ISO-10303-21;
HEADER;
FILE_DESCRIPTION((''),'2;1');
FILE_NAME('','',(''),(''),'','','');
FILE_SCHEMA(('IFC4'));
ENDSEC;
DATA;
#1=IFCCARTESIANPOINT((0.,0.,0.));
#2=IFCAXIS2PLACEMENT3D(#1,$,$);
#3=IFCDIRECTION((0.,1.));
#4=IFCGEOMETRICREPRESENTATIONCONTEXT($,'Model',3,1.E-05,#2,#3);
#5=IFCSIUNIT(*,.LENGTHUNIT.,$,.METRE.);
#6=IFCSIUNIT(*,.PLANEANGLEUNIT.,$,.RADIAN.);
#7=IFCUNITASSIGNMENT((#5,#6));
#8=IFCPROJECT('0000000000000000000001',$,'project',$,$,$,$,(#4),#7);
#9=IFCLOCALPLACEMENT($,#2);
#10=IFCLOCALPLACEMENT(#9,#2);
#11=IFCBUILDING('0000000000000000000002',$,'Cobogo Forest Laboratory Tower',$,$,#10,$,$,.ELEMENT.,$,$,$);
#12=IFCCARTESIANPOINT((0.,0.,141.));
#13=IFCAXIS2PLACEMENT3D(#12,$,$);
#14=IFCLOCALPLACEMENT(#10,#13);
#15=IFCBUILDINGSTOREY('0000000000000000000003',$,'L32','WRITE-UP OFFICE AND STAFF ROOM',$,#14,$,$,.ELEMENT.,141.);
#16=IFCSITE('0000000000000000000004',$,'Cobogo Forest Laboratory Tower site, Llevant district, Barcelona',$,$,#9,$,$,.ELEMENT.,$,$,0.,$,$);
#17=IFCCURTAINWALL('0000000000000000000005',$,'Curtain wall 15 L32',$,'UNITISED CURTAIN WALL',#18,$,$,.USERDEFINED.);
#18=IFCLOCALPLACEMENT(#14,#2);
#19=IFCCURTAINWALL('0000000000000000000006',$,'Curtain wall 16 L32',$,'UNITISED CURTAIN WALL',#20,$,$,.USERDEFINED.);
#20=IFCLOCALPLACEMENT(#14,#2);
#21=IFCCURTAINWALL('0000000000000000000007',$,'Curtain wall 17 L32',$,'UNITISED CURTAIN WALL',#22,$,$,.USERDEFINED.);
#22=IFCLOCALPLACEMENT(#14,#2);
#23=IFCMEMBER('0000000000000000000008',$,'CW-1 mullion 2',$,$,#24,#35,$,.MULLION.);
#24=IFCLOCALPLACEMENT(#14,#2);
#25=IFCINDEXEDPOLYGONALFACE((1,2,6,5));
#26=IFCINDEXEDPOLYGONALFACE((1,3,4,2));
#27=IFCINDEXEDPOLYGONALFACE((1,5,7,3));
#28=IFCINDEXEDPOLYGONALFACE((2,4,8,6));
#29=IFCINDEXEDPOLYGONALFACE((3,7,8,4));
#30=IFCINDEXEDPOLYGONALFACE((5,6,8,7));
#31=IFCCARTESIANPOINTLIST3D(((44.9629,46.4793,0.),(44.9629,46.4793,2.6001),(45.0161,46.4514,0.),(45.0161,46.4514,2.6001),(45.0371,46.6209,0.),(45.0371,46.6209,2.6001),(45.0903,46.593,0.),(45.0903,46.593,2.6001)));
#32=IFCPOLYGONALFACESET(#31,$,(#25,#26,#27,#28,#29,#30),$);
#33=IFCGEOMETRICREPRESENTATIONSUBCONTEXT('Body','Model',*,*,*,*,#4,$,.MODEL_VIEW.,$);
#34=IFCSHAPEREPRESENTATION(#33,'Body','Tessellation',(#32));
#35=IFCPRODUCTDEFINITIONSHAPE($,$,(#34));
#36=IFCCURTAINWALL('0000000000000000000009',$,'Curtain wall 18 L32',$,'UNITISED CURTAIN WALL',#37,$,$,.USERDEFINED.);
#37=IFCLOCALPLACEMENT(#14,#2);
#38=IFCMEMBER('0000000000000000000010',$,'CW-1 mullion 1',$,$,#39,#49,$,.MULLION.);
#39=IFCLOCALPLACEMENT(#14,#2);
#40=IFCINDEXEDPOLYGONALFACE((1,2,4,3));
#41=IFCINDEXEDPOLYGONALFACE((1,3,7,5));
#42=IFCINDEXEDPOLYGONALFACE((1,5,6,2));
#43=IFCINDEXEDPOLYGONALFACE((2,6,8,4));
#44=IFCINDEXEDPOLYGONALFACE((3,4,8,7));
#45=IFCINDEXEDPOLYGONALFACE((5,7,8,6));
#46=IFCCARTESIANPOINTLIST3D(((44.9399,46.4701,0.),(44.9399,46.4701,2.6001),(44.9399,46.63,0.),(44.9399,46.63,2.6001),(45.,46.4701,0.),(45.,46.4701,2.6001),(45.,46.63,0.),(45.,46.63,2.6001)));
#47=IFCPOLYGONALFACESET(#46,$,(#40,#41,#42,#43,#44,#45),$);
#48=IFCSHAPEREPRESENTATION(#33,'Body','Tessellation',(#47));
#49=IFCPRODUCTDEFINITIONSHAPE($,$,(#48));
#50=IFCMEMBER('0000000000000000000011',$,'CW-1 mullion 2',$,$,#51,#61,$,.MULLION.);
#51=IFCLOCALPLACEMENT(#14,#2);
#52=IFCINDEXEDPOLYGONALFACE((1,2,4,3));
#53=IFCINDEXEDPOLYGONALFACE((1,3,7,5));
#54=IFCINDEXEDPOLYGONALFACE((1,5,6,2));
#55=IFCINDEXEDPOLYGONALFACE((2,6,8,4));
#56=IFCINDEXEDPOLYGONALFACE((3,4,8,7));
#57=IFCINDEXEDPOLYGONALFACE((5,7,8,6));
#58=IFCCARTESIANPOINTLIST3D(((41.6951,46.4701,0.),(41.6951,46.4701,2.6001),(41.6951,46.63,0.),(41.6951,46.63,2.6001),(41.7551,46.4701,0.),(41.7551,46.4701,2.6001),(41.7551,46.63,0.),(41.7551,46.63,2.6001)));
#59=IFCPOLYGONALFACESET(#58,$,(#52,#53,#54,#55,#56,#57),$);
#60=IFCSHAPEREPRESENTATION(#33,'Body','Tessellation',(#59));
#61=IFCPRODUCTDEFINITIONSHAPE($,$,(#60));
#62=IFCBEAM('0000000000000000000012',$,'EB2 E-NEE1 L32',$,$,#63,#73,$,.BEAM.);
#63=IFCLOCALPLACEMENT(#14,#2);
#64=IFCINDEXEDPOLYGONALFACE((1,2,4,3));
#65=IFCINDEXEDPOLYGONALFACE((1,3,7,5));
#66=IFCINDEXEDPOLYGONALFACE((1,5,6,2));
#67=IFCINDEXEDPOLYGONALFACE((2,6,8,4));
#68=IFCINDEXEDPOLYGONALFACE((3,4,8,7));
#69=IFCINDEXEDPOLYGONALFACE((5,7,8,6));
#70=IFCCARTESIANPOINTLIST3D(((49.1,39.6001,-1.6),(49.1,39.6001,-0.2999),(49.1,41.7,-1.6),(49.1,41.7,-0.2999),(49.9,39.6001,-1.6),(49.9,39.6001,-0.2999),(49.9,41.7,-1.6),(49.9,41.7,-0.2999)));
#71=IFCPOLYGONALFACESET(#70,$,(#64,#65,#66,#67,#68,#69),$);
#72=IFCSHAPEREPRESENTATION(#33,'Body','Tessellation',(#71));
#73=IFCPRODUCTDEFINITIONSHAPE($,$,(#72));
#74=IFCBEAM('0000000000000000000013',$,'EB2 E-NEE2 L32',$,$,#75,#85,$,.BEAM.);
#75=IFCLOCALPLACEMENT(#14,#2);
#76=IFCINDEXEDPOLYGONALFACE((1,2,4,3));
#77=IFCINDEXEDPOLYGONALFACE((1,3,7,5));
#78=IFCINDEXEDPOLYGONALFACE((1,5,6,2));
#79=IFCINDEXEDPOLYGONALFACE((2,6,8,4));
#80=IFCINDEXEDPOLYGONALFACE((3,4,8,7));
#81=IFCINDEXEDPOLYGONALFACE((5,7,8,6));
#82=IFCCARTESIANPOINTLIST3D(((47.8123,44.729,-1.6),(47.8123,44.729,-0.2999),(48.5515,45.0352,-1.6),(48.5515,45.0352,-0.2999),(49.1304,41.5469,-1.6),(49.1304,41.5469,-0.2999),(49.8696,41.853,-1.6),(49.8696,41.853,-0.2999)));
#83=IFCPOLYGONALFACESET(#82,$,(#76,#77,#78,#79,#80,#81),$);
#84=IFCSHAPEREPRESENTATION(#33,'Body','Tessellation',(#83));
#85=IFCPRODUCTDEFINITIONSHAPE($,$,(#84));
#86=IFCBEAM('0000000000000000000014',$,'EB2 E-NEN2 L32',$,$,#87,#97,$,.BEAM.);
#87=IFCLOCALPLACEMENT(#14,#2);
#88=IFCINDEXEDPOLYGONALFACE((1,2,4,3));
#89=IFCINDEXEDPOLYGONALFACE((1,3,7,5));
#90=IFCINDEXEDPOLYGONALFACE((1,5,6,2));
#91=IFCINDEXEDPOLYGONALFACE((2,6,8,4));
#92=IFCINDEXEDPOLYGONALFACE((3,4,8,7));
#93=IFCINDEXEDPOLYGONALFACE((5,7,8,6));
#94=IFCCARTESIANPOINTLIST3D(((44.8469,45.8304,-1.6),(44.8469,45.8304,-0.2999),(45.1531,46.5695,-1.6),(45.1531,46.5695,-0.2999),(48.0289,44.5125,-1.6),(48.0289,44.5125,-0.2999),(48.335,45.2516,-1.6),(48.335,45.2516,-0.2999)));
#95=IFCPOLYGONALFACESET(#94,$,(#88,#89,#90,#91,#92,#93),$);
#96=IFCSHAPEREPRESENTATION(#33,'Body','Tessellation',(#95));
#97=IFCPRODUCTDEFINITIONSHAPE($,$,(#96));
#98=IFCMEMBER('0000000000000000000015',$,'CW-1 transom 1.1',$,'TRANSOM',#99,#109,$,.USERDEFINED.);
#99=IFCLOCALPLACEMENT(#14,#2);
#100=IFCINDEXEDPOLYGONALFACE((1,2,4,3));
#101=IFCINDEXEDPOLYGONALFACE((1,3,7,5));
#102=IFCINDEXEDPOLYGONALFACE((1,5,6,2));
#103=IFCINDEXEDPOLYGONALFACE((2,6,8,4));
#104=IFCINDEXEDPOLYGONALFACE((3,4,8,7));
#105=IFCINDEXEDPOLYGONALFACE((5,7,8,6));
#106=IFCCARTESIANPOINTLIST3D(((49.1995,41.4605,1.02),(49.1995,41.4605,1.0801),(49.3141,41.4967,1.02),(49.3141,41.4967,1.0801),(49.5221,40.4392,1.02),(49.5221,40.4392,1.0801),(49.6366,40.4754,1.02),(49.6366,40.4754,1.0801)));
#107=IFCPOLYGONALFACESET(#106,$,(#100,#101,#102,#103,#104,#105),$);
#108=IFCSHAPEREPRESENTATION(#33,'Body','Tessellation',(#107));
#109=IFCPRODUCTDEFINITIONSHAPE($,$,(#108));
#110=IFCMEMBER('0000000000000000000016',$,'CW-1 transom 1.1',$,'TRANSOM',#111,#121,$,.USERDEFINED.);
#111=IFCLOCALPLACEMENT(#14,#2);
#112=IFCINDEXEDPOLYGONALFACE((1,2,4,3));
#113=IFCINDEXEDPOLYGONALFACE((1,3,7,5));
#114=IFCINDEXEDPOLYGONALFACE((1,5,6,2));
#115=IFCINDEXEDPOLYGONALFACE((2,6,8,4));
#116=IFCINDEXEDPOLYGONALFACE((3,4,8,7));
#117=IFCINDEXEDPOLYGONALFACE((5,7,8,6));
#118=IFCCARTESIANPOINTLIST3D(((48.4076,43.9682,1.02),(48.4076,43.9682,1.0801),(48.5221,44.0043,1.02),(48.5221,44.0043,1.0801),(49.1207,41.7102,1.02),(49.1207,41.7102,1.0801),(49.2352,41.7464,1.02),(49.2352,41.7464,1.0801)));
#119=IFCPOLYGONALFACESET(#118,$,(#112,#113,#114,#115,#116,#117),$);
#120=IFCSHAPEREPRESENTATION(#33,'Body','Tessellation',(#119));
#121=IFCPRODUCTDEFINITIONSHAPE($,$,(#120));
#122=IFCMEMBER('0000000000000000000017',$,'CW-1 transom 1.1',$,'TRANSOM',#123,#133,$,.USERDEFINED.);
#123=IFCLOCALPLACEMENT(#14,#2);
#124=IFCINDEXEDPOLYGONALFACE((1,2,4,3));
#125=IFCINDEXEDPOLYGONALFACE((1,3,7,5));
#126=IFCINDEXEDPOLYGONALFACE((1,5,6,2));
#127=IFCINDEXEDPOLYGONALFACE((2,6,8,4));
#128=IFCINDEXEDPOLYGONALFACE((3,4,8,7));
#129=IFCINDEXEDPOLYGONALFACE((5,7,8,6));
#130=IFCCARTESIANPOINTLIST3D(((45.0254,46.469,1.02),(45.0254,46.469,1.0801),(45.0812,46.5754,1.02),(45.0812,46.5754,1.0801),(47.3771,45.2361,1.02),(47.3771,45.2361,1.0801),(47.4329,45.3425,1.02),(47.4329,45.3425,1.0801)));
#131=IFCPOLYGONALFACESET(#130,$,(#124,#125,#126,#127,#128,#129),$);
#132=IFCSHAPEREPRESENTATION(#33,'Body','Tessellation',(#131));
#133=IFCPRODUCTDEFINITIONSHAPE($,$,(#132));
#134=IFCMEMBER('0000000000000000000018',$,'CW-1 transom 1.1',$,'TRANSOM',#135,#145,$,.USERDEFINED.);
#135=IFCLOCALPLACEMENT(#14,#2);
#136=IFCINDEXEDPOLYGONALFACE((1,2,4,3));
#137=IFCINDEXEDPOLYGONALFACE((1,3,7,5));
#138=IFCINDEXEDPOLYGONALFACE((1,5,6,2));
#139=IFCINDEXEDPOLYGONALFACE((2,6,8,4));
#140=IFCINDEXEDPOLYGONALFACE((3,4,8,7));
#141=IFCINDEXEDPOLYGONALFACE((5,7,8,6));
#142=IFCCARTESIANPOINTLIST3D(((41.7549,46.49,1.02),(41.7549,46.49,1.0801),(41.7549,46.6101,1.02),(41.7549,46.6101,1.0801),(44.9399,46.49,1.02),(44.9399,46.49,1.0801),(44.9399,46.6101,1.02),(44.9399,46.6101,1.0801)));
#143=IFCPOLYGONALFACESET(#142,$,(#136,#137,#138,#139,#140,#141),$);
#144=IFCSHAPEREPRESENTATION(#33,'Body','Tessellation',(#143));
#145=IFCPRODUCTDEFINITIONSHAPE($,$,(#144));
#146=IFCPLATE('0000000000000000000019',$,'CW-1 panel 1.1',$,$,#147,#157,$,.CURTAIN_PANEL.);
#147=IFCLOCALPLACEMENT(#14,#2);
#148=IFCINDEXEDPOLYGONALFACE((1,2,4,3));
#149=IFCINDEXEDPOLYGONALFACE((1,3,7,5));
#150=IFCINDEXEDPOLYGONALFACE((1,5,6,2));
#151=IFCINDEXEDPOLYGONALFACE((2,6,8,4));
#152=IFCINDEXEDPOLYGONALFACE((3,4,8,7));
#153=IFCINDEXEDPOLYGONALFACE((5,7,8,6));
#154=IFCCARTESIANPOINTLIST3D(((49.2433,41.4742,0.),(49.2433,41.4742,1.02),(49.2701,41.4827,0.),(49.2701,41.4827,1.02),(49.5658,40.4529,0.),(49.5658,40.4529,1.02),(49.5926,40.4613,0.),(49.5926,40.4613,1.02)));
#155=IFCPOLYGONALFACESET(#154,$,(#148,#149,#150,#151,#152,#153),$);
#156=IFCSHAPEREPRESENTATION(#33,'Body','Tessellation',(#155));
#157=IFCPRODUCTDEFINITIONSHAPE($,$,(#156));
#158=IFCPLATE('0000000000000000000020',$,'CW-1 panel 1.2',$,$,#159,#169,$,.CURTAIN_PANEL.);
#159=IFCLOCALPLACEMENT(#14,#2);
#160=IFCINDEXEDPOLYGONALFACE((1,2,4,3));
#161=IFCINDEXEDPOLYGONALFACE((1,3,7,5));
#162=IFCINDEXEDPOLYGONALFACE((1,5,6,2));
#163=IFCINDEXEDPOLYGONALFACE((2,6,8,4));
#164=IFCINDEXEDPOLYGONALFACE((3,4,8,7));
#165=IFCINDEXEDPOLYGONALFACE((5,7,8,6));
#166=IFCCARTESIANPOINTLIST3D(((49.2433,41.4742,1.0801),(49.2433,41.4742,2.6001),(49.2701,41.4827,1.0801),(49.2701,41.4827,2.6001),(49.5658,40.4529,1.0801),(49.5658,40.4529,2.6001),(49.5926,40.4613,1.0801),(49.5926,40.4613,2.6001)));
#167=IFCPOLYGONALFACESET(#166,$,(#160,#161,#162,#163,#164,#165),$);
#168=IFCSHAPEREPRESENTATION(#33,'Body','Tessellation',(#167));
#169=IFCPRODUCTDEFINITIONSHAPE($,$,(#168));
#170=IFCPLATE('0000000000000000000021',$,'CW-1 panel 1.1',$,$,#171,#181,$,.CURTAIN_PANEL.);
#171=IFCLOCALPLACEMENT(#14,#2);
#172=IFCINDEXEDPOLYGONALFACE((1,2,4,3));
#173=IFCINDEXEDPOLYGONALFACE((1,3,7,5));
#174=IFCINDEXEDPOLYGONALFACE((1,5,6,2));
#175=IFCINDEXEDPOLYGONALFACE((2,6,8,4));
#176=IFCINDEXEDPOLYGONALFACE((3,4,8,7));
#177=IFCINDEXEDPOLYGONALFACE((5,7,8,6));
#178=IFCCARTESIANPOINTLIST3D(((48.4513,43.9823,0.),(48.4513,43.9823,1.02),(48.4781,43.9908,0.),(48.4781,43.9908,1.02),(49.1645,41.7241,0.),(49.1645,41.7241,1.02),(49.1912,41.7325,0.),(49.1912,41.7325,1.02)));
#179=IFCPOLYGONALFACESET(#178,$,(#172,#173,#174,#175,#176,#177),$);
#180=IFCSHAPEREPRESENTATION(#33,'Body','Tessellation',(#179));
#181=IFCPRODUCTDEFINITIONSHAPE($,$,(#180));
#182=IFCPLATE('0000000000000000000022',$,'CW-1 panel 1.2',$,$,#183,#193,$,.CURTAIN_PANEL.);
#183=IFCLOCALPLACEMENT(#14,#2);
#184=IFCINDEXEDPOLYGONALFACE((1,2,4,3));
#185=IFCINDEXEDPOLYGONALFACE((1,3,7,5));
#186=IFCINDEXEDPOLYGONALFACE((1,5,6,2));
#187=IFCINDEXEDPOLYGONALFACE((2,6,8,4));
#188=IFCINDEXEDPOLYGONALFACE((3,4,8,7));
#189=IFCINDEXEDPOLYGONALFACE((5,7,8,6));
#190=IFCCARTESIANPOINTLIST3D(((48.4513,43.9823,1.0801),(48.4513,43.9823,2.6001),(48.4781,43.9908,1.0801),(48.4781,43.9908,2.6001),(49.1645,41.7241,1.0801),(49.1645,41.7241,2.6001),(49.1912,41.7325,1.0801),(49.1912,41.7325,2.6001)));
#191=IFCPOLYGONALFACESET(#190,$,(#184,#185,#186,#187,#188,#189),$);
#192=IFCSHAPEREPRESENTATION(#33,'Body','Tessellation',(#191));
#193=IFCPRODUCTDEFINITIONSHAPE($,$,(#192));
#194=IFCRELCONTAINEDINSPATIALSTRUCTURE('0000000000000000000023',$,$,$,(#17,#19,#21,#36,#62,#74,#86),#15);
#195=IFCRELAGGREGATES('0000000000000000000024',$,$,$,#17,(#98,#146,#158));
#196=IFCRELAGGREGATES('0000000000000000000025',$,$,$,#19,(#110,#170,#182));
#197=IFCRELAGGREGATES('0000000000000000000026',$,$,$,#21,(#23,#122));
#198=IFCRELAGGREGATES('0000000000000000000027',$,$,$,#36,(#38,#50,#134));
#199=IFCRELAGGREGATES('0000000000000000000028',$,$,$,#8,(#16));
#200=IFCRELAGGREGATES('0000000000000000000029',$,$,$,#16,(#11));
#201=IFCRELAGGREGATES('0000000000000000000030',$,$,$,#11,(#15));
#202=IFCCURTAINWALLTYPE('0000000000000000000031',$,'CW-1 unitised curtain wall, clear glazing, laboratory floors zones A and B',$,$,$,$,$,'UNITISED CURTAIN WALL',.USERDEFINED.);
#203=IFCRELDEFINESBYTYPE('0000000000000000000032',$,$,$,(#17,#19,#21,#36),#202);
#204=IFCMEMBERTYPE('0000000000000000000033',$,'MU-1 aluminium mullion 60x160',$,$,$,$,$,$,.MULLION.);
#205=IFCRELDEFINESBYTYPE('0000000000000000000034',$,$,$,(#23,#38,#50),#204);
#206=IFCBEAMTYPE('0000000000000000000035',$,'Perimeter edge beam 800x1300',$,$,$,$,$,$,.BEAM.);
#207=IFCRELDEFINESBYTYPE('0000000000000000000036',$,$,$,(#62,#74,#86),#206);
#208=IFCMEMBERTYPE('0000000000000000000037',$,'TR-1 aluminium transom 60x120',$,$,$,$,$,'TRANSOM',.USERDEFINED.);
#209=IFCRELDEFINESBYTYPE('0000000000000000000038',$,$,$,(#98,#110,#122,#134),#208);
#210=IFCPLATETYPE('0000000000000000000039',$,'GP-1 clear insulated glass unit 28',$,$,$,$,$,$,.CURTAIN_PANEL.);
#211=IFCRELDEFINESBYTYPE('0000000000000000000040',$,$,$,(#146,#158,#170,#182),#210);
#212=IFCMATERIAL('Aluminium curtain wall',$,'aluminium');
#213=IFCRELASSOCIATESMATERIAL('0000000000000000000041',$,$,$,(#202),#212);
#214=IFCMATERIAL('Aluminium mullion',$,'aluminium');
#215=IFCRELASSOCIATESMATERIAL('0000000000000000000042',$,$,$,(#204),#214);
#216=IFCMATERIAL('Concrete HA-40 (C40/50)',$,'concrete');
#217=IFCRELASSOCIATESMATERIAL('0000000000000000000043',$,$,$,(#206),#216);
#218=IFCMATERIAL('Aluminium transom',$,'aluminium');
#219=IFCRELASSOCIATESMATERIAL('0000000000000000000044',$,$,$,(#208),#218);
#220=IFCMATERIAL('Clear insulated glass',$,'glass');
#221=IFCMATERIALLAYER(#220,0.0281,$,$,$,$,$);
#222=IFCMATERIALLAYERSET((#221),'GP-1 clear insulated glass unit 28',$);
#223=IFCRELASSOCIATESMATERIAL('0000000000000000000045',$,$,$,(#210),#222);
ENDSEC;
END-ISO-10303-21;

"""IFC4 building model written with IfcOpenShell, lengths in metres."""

from ifc_helpers import new_model, si_unit, direction, frame, origin, origin_2d, place, context, subcontext, project, spatial, rectangle, extrude, material, layer, layer_set, material_profile, profile_set, type_object, element, aggregate, save


model = new_model("IFC4")

# Units and contexts
model_context = context("Model", 3, precision=1e-05, world=origin(), true_north=direction((0.0, 1.0)))
body_context = subcontext(model_context, "Body", "Model", "MODEL_VIEW")
ifc_project = project(units=[si_unit("LENGTHUNIT", "METRE"), si_unit("PLANEANGLEUNIT", "RADIAN")], contexts=[model_context])

# Site, building, storey
site_placement = place(None, origin())
site = spatial("IfcSite", under=ifc_project, at=site_placement, Name="Cobogo Forest Laboratory Tower site, Llevant district, Barcelona", CompositionType="ELEMENT", RefElevation=0.0)
building_placement = place(site_placement, origin())
building = spatial("IfcBuilding", under=site, at=building_placement, Name="Cobogo Forest Laboratory Tower", CompositionType="ELEMENT")
storey_placement = place(building_placement, frame((0.0, 0.0, 141.0)))
storey = spatial("IfcBuildingStorey", under=building, at=storey_placement, Name="L32", Description="WRITE-UP OFFICE AND STAFF ROOM", CompositionType="ELEMENT", Elevation=141.0)

# Curtain walls, members
ifc_material_1 = material(Name="Aluminium curtain wall", Category="aluminium")
curtain_wall_type = type_object("IfcCurtainWallType", Name="CW-1 unitised curtain wall, clear glazing, laboratory floors zones A and B", ElementType="UNITISED CURTAIN WALL", PredefinedType="USERDEFINED", material=ifc_material_1)
curtain_wall_1_placement = place(storey_placement, origin())
curtain_wall_1 = element("IfcCurtainWall", 1, at=curtain_wall_1_placement, inside=storey, type_object=curtain_wall_type, Name="Curtain wall 15 L32", ObjectType="UNITISED CURTAIN WALL", PredefinedType="USERDEFINED")
ifc_material_2 = material(Name="Aluminium mullion", Category="aluminium")
ifc_material_profile_1 = material_profile(ifc_material_2, rectangle(XDim=0.0601, YDim=0.1599, at=origin_2d()), Name="AL 60x160")
ifc_profile_set_1 = profile_set([ifc_material_profile_1], Name="Aluminium mullion")
member_type_1 = type_object("IfcMemberType", Name="MU-1 aluminium mullion 60x160", PredefinedType="MULLION", material=ifc_profile_set_1)
curtain_wall_2_placement = place(storey_placement, origin())
curtain_wall_2 = element("IfcCurtainWall", 2, at=curtain_wall_2_placement, inside=storey, type_object=curtain_wall_type, Name="Curtain wall 16 L32", ObjectType="UNITISED CURTAIN WALL", PredefinedType="USERDEFINED")
curtain_wall_3_placement = place(storey_placement, origin())
curtain_wall_3 = element("IfcCurtainWall", 3, at=curtain_wall_3_placement, inside=storey, type_object=curtain_wall_type, Name="Curtain wall 17 L32", ObjectType="UNITISED CURTAIN WALL", PredefinedType="USERDEFINED")
member_1_placement = place(storey_placement, frame((45.0266, 46.5361, 0.0), z_axis=(0.0, 0.0, 1.0), x_axis=(-0.885687, 0.464284, 0.0)))
member_1 = element("IfcMember", 4, at=member_1_placement, type_object=member_type_1, Name="CW-1 mullion 2", PredefinedType="MULLION", context=body_context, shape_type="SweptSolid", body=[
    extrude(rectangle(XDim=0.0601, YDim=0.1599, at=origin_2d()), origin(), (0.0, 0.0, 1.0), 2.6001),
])
curtain_wall_4_placement = place(storey_placement, origin())
curtain_wall_4 = element("IfcCurtainWall", 5, at=curtain_wall_4_placement, inside=storey, type_object=curtain_wall_type, Name="Curtain wall 18 L32", ObjectType="UNITISED CURTAIN WALL", PredefinedType="USERDEFINED")
member_2_placement = place(storey_placement, frame((44.97, 46.55, 0.0), z_axis=(0.0, 0.0, 1.0), x_axis=(-1.0, 0.0, 0.0)))
member_2 = element("IfcMember", 6, at=member_2_placement, type_object=member_type_1, Name="CW-1 mullion 1", PredefinedType="MULLION", context=body_context, shape_type="SweptSolid", body=[
    extrude(rectangle(XDim=0.0601, YDim=0.1599, at=origin_2d()), origin(), (0.0, 0.0, 1.0), 2.6001),
])
member_3_placement = place(storey_placement, frame((41.7251, 46.55, 0.0), z_axis=(0.0, 0.0, 1.0), x_axis=(-1.0, 0.0, 0.0)))
member_3 = element("IfcMember", 7, at=member_3_placement, type_object=member_type_1, Name="CW-1 mullion 2", PredefinedType="MULLION", context=body_context, shape_type="SweptSolid", body=[
    extrude(rectangle(XDim=0.0601, YDim=0.1599, at=origin_2d()), origin(), (0.0, 0.0, 1.0), 2.6001),
])

# Beams
ifc_material_3 = material(Name="Concrete HA-40 (C40/50)", Category="concrete")
ifc_material_profile_2 = material_profile(ifc_material_3, rectangle(XDim=0.8, YDim=1.3, at=origin_2d()), Name="RC 800x1300")
ifc_profile_set_2 = profile_set([ifc_material_profile_2], Name="Concrete HA-40 (C40/50)")
beam_type_1 = type_object("IfcBeamType", Name="Perimeter edge beam 800x1300", PredefinedType="BEAM", material=ifc_profile_set_2)
beam_1_placement = place(storey_placement, frame((49.5, 39.6001, -0.95), z_axis=(0.0, 1.0, 0.0), x_axis=(-1.0, 0.0, 0.0)))
element("IfcBeam", 8, at=beam_1_placement, inside=storey, type_object=beam_type_1, Name="EB2 E-NEE1 L32", PredefinedType="BEAM", context=body_context, shape_type="SweptSolid", body=[
    extrude(rectangle(XDim=0.8, YDim=1.3, at=origin_2d()), origin(), (0.0, 0.0, 1.0), 2.0999),
])
beam_2_placement = place(storey_placement, frame((49.5, 41.7, -0.95), z_axis=(-0.382692, 0.923876, 0.0), x_axis=(-0.923876, -0.382692, 0.0)))
element("IfcBeam", 9, at=beam_2_placement, inside=storey, type_object=beam_type_1, Name="EB2 E-NEE2 L32", PredefinedType="BEAM", context=body_context, shape_type="SweptSolid", body=[
    extrude(rectangle(XDim=0.8, YDim=1.3, at=origin_2d()), origin(), (0.0, 0.0, 1.0), 3.4443),
])
beam_3_placement = place(storey_placement, frame((45.0, 46.2, -0.95), z_axis=(0.923891, -0.382656, 0.0), x_axis=(0.382656, 0.923891, 0.0)))
element("IfcBeam", 10, at=beam_3_placement, inside=storey, type_object=beam_type_1, Name="EB2 E-NEN2 L32", PredefinedType="BEAM", context=body_context, shape_type="SweptSolid", body=[
    extrude(rectangle(XDim=0.8, YDim=1.3, at=origin_2d()), origin(), (0.0, 0.0, 1.0), 3.4441),
])

# Members
ifc_material_4 = material(Name="Aluminium transom", Category="aluminium")
ifc_material_profile_3 = material_profile(ifc_material_4, rectangle(XDim=0.1201, YDim=0.0601, at=origin_2d()), Name="AL 60x120")
ifc_profile_set_3 = profile_set([ifc_material_profile_3], Name="Aluminium transom")
member_type_2 = type_object("IfcMemberType", Name="TR-1 aluminium transom 60x120", ElementType="TRANSOM", PredefinedType="USERDEFINED", material=ifc_profile_set_3)
member_4_placement = place(storey_placement, frame((49.5793, 40.4573, 1.05), z_axis=(-0.301142, 0.953579, 0.0), x_axis=(-0.953579, -0.301142, 0.0)))
member_4 = element("IfcMember", 11, at=member_4_placement, type_object=member_type_2, Name="CW-1 transom 1.1", ObjectType="TRANSOM", PredefinedType="USERDEFINED", context=body_context, shape_type="SweptSolid", body=[
    extrude(rectangle(XDim=0.1201, YDim=0.0601, at=origin_2d()), origin(), (0.0, 0.0, 1.0), 1.071),
])
member_5_placement = place(storey_placement, frame((49.178, 41.7283, 1.05), z_axis=(-0.301156, 0.953575, 0.0), x_axis=(-0.953575, -0.301156, 0.0)))
member_5 = element("IfcMember", 12, at=member_5_placement, type_object=member_type_2, Name="CW-1 transom 1.1", ObjectType="TRANSOM", PredefinedType="USERDEFINED", context=body_context, shape_type="SweptSolid", body=[
    extrude(rectangle(XDim=0.1201, YDim=0.0601, at=origin_2d()), origin(), (0.0, 0.0, 1.0), 2.3679),
])
member_6_placement = place(storey_placement, frame((47.405, 45.2893, 1.05), z_axis=(-0.885675, 0.464306, 0.0), x_axis=(-0.464306, -0.885675, 0.0)))
member_6 = element("IfcMember", 13, at=member_6_placement, type_object=member_type_2, Name="CW-1 transom 1.1", ObjectType="TRANSOM", PredefinedType="USERDEFINED", context=body_context, shape_type="SweptSolid", body=[
    extrude(rectangle(XDim=0.1201, YDim=0.0601, at=origin_2d()), origin(), (0.0, 0.0, 1.0), 2.6553),
])
member_7_placement = place(storey_placement, frame((44.9399, 46.55, 1.05), z_axis=(-1.0, 0.0, 0.0), x_axis=(0.0, -1.0, 0.0)))
member_7 = element("IfcMember", 14, at=member_7_placement, type_object=member_type_2, Name="CW-1 transom 1.1", ObjectType="TRANSOM", PredefinedType="USERDEFINED", context=body_context, shape_type="SweptSolid", body=[
    extrude(rectangle(XDim=0.1201, YDim=0.0601, at=origin_2d()), origin(), (0.0, 0.0, 1.0), 3.1851),
])

# Plates
ifc_material_5 = material(Name="Clear insulated glass", Category="glass")
ifc_layer_1 = layer(ifc_material_5, 0.0281)
ifc_layer_set_1 = layer_set([ifc_layer_1], Name="GP-1 clear insulated glass unit 28")
plate_type = type_object("IfcPlateType", Name="GP-1 clear insulated glass unit 28", PredefinedType="CURTAIN_PANEL", material=ifc_layer_set_1)
plate_1_placement = place(storey_placement, frame((49.418, 40.9678, 0.0), z_axis=(0.0, 0.0, 1.0), x_axis=(-0.301136, 0.953581, 0.0)))
plate_1 = element("IfcPlate", 15, at=plate_1_placement, type_object=plate_type, Name="CW-1 panel 1.1", PredefinedType="CURTAIN_PANEL", context=body_context, shape_type="SweptSolid", body=[
    extrude(rectangle(XDim=1.071, YDim=0.0281, at=origin_2d()), origin(), (0.0, 0.0, 1.0), 1.02),
])
plate_2_placement = place(storey_placement, frame((49.418, 40.9678, 1.0801), z_axis=(0.0, 0.0, 1.0), x_axis=(-0.301136, 0.953581, 0.0)))
plate_2 = element("IfcPlate", 16, at=plate_2_placement, type_object=plate_type, Name="CW-1 panel 1.2", PredefinedType="CURTAIN_PANEL", context=body_context, shape_type="SweptSolid", body=[
    extrude(rectangle(XDim=1.071, YDim=0.0281, at=origin_2d()), origin(), (0.0, 0.0, 1.0), 1.52),
])
aggregate(curtain_wall_1, [member_4, plate_1, plate_2])
plate_3_placement = place(storey_placement, frame((48.8213, 42.8574, 0.0), z_axis=(0.0, 0.0, 1.0), x_axis=(-0.301135, 0.953581, 0.0)))
plate_3 = element("IfcPlate", 17, at=plate_3_placement, type_object=plate_type, Name="CW-1 panel 1.1", PredefinedType="CURTAIN_PANEL", context=body_context, shape_type="SweptSolid", body=[
    extrude(rectangle(XDim=2.3682, YDim=0.0281, at=origin_2d()), origin(), (0.0, 0.0, 1.0), 1.02),
])
plate_4_placement = place(storey_placement, frame((48.8213, 42.8574, 1.0801), z_axis=(0.0, 0.0, 1.0), x_axis=(-0.301135, 0.953581, 0.0)))
plate_4 = element("IfcPlate", 18, at=plate_4_placement, type_object=plate_type, Name="CW-1 panel 1.2", PredefinedType="CURTAIN_PANEL", context=body_context, shape_type="SweptSolid", body=[
    extrude(rectangle(XDim=2.3682, YDim=0.0281, at=origin_2d()), origin(), (0.0, 0.0, 1.0), 1.52),
])
aggregate(curtain_wall_2, [member_5, plate_3, plate_4])
aggregate(curtain_wall_3, [member_1, member_6])
aggregate(curtain_wall_4, [member_2, member_3, member_7])

save(model, "model.ifc")
